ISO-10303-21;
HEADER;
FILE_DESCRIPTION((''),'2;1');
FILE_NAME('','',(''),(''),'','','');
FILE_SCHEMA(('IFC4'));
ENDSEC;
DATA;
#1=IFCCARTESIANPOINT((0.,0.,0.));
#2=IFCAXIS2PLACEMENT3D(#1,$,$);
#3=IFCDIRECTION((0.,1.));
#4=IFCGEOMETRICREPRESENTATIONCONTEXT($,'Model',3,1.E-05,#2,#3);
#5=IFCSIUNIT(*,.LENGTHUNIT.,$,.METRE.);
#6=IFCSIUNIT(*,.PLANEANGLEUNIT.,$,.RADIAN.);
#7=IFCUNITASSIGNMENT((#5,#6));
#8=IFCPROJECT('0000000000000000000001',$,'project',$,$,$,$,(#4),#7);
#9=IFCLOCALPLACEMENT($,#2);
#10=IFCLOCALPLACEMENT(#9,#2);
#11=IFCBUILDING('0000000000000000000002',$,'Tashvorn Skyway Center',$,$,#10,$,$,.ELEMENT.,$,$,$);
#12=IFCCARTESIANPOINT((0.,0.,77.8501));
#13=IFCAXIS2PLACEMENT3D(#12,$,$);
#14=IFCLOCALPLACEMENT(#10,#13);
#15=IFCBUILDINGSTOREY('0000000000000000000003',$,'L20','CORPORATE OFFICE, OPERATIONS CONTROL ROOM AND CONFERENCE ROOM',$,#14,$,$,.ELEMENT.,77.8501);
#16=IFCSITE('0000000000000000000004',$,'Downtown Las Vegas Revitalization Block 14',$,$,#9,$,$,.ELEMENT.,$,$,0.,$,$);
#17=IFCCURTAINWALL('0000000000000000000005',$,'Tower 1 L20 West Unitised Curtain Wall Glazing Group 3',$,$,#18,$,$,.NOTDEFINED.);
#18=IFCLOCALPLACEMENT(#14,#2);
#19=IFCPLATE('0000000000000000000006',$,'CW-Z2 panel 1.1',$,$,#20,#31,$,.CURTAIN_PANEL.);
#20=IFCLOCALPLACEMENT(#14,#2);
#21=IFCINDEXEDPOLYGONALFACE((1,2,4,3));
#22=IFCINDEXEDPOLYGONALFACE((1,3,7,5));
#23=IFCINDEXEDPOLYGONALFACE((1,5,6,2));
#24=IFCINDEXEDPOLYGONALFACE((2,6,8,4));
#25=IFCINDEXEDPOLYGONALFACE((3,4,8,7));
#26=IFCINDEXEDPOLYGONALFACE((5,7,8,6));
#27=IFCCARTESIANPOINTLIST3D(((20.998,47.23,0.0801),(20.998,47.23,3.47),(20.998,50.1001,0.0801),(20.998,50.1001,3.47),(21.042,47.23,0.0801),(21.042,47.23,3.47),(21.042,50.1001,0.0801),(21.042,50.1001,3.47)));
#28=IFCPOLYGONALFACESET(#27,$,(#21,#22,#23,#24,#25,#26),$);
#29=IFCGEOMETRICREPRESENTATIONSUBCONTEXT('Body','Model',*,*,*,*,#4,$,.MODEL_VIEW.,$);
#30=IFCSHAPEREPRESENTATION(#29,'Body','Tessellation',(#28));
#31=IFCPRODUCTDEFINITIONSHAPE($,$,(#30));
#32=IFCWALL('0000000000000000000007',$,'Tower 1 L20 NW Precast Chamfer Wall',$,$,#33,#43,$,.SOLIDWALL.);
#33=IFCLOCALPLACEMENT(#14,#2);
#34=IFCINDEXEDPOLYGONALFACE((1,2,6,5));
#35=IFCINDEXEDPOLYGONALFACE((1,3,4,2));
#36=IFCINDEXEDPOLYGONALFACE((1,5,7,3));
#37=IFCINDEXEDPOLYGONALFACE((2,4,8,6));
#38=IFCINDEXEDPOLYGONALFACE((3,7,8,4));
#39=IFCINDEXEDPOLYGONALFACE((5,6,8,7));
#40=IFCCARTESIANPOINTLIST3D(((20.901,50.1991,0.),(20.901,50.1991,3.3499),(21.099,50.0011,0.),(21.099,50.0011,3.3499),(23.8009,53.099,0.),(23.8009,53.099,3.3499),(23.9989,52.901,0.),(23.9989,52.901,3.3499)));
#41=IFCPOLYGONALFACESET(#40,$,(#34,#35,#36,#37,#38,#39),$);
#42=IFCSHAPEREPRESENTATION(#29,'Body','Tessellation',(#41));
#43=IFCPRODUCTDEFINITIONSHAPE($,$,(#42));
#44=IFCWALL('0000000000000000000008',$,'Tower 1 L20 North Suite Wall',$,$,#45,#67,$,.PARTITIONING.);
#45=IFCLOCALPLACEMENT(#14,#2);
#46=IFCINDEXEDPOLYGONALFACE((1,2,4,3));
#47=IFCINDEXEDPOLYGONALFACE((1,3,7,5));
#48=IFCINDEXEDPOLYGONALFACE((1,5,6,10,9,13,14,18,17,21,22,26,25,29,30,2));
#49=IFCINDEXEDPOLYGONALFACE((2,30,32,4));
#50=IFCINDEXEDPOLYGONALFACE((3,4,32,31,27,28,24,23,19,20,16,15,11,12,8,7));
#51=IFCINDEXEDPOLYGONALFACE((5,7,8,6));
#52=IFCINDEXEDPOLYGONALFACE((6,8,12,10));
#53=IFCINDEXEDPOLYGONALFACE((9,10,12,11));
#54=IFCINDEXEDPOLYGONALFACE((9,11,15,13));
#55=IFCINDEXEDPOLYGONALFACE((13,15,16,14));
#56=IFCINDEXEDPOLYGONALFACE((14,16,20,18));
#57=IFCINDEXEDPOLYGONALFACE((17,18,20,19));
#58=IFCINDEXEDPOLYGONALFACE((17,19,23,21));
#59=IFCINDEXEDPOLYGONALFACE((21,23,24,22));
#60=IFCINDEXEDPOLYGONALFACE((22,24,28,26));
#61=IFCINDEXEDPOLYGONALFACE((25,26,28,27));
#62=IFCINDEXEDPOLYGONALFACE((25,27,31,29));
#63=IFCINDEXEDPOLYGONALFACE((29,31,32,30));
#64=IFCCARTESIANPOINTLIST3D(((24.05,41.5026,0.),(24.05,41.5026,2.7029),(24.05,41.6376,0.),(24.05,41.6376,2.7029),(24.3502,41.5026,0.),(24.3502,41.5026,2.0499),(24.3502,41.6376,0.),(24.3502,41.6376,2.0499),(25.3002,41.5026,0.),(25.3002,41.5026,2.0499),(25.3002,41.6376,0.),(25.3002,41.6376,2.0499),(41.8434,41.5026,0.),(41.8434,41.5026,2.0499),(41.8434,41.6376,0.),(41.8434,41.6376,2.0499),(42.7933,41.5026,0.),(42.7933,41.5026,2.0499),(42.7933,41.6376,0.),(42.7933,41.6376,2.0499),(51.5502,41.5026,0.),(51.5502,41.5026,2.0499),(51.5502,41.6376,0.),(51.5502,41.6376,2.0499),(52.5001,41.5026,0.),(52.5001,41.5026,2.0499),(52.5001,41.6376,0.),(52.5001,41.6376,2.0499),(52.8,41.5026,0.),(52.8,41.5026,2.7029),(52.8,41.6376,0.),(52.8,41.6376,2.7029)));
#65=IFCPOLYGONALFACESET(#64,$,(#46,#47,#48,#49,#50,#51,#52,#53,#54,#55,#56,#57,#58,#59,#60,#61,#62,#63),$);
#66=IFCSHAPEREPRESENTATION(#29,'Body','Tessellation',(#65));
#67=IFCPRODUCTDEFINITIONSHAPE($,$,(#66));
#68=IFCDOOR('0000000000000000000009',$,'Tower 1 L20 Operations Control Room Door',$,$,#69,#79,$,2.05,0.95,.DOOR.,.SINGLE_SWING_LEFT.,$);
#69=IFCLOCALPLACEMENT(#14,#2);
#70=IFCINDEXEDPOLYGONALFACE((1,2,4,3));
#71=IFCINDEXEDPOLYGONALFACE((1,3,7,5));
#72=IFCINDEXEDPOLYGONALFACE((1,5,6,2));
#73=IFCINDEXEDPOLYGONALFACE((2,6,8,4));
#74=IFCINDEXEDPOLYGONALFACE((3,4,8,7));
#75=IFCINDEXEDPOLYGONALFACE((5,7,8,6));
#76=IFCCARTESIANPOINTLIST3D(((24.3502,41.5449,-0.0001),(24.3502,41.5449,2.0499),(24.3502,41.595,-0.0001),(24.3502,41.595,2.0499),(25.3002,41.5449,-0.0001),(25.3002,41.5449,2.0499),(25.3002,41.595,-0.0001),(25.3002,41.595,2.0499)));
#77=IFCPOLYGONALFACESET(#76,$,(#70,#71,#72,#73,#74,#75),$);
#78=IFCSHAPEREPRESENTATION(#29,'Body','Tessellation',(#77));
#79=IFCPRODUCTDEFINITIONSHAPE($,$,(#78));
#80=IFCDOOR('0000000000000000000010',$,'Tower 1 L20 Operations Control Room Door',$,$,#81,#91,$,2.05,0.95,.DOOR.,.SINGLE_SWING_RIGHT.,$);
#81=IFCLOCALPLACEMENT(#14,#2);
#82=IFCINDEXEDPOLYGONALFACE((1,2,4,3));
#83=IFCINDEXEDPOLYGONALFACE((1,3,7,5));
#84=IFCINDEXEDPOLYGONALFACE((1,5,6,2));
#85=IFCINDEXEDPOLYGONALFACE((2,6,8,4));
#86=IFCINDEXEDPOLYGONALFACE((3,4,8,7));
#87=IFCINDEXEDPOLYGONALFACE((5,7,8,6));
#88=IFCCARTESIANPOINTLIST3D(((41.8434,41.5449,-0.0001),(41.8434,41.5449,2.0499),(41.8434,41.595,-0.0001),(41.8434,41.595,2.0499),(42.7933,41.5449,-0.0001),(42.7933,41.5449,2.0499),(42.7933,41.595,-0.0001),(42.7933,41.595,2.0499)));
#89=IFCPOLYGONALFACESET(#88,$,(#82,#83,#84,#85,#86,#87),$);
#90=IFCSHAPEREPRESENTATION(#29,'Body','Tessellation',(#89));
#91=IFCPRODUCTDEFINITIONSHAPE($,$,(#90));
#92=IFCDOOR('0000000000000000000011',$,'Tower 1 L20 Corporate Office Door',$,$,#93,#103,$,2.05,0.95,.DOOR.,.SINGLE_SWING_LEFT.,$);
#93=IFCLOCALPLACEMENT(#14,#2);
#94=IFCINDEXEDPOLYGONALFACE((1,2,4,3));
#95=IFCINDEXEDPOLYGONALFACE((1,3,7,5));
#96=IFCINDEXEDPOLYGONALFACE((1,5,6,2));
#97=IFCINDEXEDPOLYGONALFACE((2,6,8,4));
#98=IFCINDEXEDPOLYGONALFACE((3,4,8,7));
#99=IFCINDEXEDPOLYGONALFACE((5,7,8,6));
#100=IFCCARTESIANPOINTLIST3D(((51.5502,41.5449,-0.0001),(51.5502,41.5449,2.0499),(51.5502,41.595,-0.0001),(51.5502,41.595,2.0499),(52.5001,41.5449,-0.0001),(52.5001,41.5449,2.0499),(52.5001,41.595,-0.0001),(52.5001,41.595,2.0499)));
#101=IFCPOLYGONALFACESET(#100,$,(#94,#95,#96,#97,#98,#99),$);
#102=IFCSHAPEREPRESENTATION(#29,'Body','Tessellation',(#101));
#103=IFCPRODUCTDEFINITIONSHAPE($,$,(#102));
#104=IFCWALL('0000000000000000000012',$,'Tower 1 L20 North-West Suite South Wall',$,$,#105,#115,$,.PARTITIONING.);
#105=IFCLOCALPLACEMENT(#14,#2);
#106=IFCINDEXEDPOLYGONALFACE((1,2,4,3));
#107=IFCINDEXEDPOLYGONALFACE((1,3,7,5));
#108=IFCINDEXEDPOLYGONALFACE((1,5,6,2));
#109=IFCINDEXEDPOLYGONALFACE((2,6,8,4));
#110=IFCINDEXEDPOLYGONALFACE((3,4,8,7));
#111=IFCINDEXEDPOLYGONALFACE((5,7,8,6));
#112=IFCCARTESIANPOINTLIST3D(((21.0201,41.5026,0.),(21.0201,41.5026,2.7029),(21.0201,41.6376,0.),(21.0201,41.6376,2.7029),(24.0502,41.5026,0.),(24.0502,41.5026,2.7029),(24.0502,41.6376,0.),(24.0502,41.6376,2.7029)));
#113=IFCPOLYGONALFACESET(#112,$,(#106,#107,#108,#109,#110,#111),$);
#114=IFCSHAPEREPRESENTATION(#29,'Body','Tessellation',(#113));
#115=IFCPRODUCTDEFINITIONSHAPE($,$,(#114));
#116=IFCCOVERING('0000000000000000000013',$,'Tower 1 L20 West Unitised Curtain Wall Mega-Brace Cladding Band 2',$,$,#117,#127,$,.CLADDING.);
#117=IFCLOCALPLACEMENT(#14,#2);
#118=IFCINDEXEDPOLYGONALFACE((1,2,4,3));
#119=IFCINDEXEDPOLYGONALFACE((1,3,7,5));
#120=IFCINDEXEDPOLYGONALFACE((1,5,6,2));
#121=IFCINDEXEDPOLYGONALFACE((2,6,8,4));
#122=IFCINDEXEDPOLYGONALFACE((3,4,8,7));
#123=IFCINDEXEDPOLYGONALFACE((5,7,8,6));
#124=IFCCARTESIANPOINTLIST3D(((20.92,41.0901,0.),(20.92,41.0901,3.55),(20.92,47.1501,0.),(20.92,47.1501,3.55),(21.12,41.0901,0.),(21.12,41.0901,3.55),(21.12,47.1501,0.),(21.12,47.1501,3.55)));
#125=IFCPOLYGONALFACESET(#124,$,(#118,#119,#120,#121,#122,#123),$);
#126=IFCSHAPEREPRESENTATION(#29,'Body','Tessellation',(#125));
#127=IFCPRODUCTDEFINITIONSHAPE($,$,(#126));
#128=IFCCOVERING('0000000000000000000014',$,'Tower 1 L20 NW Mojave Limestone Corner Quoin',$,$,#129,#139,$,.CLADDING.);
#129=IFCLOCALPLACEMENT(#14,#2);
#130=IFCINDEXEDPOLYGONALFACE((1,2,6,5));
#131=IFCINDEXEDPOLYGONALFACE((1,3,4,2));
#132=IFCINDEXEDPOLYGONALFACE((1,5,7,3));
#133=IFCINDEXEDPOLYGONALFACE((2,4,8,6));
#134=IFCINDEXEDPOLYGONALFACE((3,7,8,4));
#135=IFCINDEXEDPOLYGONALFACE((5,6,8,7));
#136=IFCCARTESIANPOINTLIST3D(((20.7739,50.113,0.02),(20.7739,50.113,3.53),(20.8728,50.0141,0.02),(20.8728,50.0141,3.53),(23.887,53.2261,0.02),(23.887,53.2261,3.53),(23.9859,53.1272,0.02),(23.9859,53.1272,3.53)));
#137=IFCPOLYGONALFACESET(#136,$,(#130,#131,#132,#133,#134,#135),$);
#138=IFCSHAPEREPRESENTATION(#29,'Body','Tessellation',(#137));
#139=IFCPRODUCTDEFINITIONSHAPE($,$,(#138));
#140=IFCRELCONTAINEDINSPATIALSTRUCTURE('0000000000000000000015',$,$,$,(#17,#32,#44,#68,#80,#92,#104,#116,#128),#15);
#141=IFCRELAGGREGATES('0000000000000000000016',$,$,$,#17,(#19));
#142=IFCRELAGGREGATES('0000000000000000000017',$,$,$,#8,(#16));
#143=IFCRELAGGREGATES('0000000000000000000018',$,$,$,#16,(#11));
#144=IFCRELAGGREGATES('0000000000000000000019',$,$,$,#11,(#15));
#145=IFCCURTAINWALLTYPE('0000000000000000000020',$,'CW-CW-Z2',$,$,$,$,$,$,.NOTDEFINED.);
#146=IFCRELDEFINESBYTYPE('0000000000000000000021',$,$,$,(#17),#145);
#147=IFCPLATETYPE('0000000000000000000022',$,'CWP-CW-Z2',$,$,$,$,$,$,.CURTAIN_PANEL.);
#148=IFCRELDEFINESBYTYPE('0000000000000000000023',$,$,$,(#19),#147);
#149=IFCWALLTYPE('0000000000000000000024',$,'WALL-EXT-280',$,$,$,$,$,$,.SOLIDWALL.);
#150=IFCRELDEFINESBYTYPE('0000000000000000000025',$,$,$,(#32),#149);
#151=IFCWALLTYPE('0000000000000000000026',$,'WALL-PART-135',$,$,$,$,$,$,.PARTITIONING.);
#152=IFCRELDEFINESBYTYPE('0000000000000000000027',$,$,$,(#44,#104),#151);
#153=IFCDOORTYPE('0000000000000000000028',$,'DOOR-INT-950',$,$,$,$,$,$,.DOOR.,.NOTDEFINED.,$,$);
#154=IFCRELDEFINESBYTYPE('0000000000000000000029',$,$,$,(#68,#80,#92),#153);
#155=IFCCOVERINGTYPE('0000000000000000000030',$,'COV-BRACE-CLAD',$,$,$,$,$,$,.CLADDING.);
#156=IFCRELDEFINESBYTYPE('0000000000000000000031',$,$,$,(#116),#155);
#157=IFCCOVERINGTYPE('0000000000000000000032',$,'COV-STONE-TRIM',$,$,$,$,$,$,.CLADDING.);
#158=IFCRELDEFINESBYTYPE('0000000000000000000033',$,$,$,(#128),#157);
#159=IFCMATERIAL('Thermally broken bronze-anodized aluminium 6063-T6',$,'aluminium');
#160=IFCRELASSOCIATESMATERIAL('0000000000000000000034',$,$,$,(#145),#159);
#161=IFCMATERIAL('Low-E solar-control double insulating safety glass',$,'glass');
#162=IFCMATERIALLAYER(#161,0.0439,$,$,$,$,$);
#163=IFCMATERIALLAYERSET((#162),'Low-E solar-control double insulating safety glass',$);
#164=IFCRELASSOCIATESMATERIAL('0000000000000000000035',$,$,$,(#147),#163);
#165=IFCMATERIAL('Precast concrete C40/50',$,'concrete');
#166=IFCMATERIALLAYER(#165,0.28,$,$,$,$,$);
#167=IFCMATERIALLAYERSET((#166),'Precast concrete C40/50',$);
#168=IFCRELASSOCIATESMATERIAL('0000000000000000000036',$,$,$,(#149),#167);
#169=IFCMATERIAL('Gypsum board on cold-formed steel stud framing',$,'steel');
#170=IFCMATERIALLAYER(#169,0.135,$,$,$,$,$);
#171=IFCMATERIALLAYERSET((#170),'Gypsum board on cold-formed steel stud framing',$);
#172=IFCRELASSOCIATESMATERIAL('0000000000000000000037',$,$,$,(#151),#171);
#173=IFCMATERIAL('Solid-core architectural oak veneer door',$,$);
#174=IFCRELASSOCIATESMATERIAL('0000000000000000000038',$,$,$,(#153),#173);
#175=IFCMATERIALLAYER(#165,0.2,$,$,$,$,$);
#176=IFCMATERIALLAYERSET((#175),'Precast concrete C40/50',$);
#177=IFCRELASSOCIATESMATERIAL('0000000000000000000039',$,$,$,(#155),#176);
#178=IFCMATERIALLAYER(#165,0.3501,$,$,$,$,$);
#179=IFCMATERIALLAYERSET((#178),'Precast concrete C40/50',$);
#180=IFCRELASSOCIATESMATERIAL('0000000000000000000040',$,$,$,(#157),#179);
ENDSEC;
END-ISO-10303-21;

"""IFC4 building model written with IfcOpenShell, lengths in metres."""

from ifc_helpers import new_model, si_unit, direction, frame, frame_2d, origin, origin_2d, place, context, subcontext, project, spatial, rectangle, extrude, material, layer, layer_set, type_object, element, fill, aggregate, save


model = new_model("IFC4")

# Units and contexts
model_context = context("Model", 3, precision=1e-05, world=origin(), true_north=direction((0.0, 1.0)))
body_context = subcontext(model_context, "Body", "Model", "MODEL_VIEW")
ifc_project = project(units=[si_unit("LENGTHUNIT", "METRE"), si_unit("PLANEANGLEUNIT", "RADIAN")], contexts=[model_context])

# Site, building, storey
site_placement = place(None, origin())
site = spatial("IfcSite", under=ifc_project, at=site_placement, Name="Downtown Las Vegas Revitalization Block 14", CompositionType="ELEMENT", RefElevation=0.0)
building_placement = place(site_placement, origin())
building = spatial("IfcBuilding", under=site, at=building_placement, Name="Tashvorn Skyway Center", CompositionType="ELEMENT")
storey_placement = place(building_placement, frame((0.0, 0.0, 77.8501)))
storey = spatial("IfcBuildingStorey", under=building, at=storey_placement, Name="L20", Description="CORPORATE OFFICE, OPERATIONS CONTROL ROOM AND CONFERENCE ROOM", CompositionType="ELEMENT", Elevation=77.8501)

# Shared definitions
ifc_material_1 = material(Name="Thermally broken bronze-anodized aluminium 6063-T6", Category="aluminium")
curtain_wall_type = type_object("IfcCurtainWallType", Name="CW-CW-Z2", PredefinedType="NOTDEFINED", material=ifc_material_1)

# Curtain wall, plate
curtain_wall_1_placement = place(storey_placement, origin())
curtain_wall_1 = element("IfcCurtainWall", 1, at=curtain_wall_1_placement, inside=storey, type_object=curtain_wall_type, Name="Tower 1 L20 West Unitised Curtain Wall Glazing Group 3", PredefinedType="NOTDEFINED")
ifc_material_2 = material(Name="Low-E solar-control double insulating safety glass", Category="glass")
ifc_layer_1 = layer(ifc_material_2, 0.0439)
ifc_layer_set_1 = layer_set([ifc_layer_1], Name="Low-E solar-control double insulating safety glass")
plate_type = type_object("IfcPlateType", Name="CWP-CW-Z2", PredefinedType="CURTAIN_PANEL", material=ifc_layer_set_1)
plate_placement = place(storey_placement, frame((21.02, 48.665, 0.0801), z_axis=(0.0, 0.0, 1.0), x_axis=(0.0, 1.0, 0.0)))
plate = element("IfcPlate", 2, at=plate_placement, type_object=plate_type, Name="CW-Z2 panel 1.1", PredefinedType="CURTAIN_PANEL", context=body_context, shape_type="SweptSolid", body=[
    extrude(rectangle(XDim=2.8701, YDim=0.0439, at=origin_2d()), origin(), (0.0, 0.0, 1.0), 3.3899),
])
aggregate(curtain_wall_1, [plate])

# Wall
ifc_material_3 = material(Name="Precast concrete C40/50", Category="concrete")
ifc_layer_2 = layer(ifc_material_3, 0.28)
ifc_layer_set_2 = layer_set([ifc_layer_2], Name="Precast concrete C40/50")
wall_type_1 = type_object("IfcWallType", Name="WALL-EXT-280", PredefinedType="SOLIDWALL", material=ifc_layer_set_2)
wall_1_placement = place(storey_placement, frame((21.0, 50.1001, 0.0), z_axis=(0.0, 0.0, 1.0), x_axis=(0.707107, 0.707107, 0.0)))
element("IfcWall", 3, at=wall_1_placement, inside=storey, type_object=wall_type_1, Name="Tower 1 L20 NW Precast Chamfer Wall", PredefinedType="SOLIDWALL", context=body_context, shape_type="SweptSolid", body=[
    extrude(rectangle(XDim=4.1011, YDim=0.28, at=frame_2d((2.0505, 0.0))), origin(), (0.0, 0.0, 1.0), 3.3499),
])

# Wall, openings, doors
ifc_material_4 = material(Name="Gypsum board on cold-formed steel stud framing", Category="steel")
ifc_layer_3 = layer(ifc_material_4, 0.135)
ifc_layer_set_3 = layer_set([ifc_layer_3], Name="Gypsum board on cold-formed steel stud framing")
wall_type_2 = type_object("IfcWallType", Name="WALL-PART-135", PredefinedType="PARTITIONING", material=ifc_layer_set_3)
wall_2_placement = place(storey_placement, frame((24.05, 41.5701, 0.0), z_axis=(0.0, 0.0, 1.0), x_axis=(1.0, 0.0, 0.0)))
wall_2 = element("IfcWall", 4, at=wall_2_placement, inside=storey, type_object=wall_type_2, Name="Tower 1 L20 North Suite Wall", PredefinedType="PARTITIONING", context=body_context, shape_type="SweptSolid", body=[
    extrude(rectangle(XDim=28.75, YDim=0.135, at=frame_2d((14.375, 0.0))), origin(), (0.0, 0.0, 1.0), 2.7029),
])
opening_1_placement = place(wall_2_placement, frame((0.3, 0.0, 0.0)))
opening_1 = element("IfcOpeningElement", 5, at=opening_1_placement, cuts=wall_2, PredefinedType="OPENING", context=body_context, shape_type="SweptSolid", body=[
    extrude(rectangle(XDim=0.95, YDim=2.05, at=frame_2d((0.4751, 1.0249))), frame((0.0, 0.0774, 0.0), z_axis=(0.0, -1.0, 0.0), x_axis=(1.0, 0.0, 0.0)), (0.0, 0.0, 1.0), 0.155),
])
opening_2_placement = place(wall_2_placement, frame((17.7932, 0.0, 0.0)))
opening_2 = element("IfcOpeningElement", 6, at=opening_2_placement, cuts=wall_2, PredefinedType="OPENING", context=body_context, shape_type="SweptSolid", body=[
    extrude(rectangle(XDim=0.95, YDim=2.05, at=frame_2d((0.4751, 1.0249))), frame((0.0, 0.0774, 0.0), z_axis=(0.0, -1.0, 0.0), x_axis=(1.0, 0.0, 0.0)), (0.0, 0.0, 1.0), 0.155),
])
opening_3_placement = place(wall_2_placement, frame((27.5, 0.0, 0.0)))
opening_3 = element("IfcOpeningElement", 7, at=opening_3_placement, cuts=wall_2, PredefinedType="OPENING", context=body_context, shape_type="SweptSolid", body=[
    extrude(rectangle(XDim=0.95, YDim=2.05, at=frame_2d((0.4751, 1.0249))), frame((0.0, 0.0774, 0.0), z_axis=(0.0, -1.0, 0.0), x_axis=(1.0, 0.0, 0.0)), (0.0, 0.0, 1.0), 0.155),
])
ifc_material_5 = material(Name="Solid-core architectural oak veneer door")
door_type = type_object("IfcDoorType", Name="DOOR-INT-950", OperationType="NOTDEFINED", PredefinedType="DOOR", material=ifc_material_5)
door_1_placement = place(opening_1_placement, origin())
door_1 = element("IfcDoor", 8, at=door_1_placement, inside=storey, type_object=door_type, Name="Tower 1 L20 Operations Control Room Door", OperationType="SINGLE_SWING_LEFT", OverallHeight=2.05, OverallWidth=0.95, PredefinedType="DOOR", context=body_context, shape_type="SweptSolid", body=[
    extrude(rectangle(XDim=0.95, YDim=2.05, at=frame_2d((0.4751, 1.0249))), frame((0.0, 0.0249, 0.0), z_axis=(0.0, -1.0, 0.0), x_axis=(1.0, 0.0, 0.0)), (0.0, 0.0, 1.0), 0.05),
])
fill(opening_1, door_1)
door_2_placement = place(opening_2_placement, origin())
door_2 = element("IfcDoor", 9, at=door_2_placement, inside=storey, type_object=door_type, Name="Tower 1 L20 Operations Control Room Door", OperationType="SINGLE_SWING_RIGHT", OverallHeight=2.05, OverallWidth=0.95, PredefinedType="DOOR", context=body_context, shape_type="SweptSolid", body=[
    extrude(rectangle(XDim=0.95, YDim=2.05, at=frame_2d((0.4751, 1.0249))), frame((0.0, 0.0249, 0.0), z_axis=(0.0, -1.0, 0.0), x_axis=(1.0, 0.0, 0.0)), (0.0, 0.0, 1.0), 0.05),
])
fill(opening_2, door_2)
door_3_placement = place(opening_3_placement, origin())
door_3 = element("IfcDoor", 10, at=door_3_placement, inside=storey, type_object=door_type, Name="Tower 1 L20 Corporate Office Door", OperationType="SINGLE_SWING_LEFT", OverallHeight=2.05, OverallWidth=0.95, PredefinedType="DOOR", context=body_context, shape_type="SweptSolid", body=[
    extrude(rectangle(XDim=0.95, YDim=2.05, at=frame_2d((0.4751, 1.0249))), frame((0.0, 0.0249, 0.0), z_axis=(0.0, -1.0, 0.0), x_axis=(1.0, 0.0, 0.0)), (0.0, 0.0, 1.0), 0.05),
])
fill(opening_3, door_3)

# Wall
wall_3_placement = place(storey_placement, frame((21.02, 41.5701, 0.0), z_axis=(0.0, 0.0, 1.0), x_axis=(1.0, 0.0, 0.0)))
element("IfcWall", 11, at=wall_3_placement, inside=storey, type_object=wall_type_2, Name="Tower 1 L20 North-West Suite South Wall", PredefinedType="PARTITIONING", context=body_context, shape_type="SweptSolid", body=[
    extrude(rectangle(XDim=3.03, YDim=0.135, at=frame_2d((1.5151, 0.0))), origin(), (0.0, 0.0, 1.0), 2.7029),
])

# Coverings
ifc_layer_4 = layer(ifc_material_3, 0.2)
ifc_layer_set_4 = layer_set([ifc_layer_4], Name="Precast concrete C40/50")
covering_type_1 = type_object("IfcCoveringType", Name="COV-BRACE-CLAD", PredefinedType="CLADDING", material=ifc_layer_set_4)
covering_1_placement = place(storey_placement, frame((21.02, 44.1201, 0.0), z_axis=(0.0, 0.0, 1.0), x_axis=(0.0, 1.0, 0.0)))
element("IfcCovering", 12, at=covering_1_placement, inside=storey, type_object=covering_type_1, Name="Tower 1 L20 West Unitised Curtain Wall Mega-Brace Cladding Band 2", PredefinedType="CLADDING", context=body_context, shape_type="SweptSolid", body=[
    extrude(rectangle(XDim=6.0601, YDim=0.2, at=origin_2d()), origin(), (0.0, 0.0, 1.0), 3.55),
])
ifc_layer_5 = layer(ifc_material_3, 0.3501)
ifc_layer_set_5 = layer_set([ifc_layer_5], Name="Precast concrete C40/50")
covering_type_2 = type_object("IfcCoveringType", Name="COV-STONE-TRIM", PredefinedType="CLADDING", material=ifc_layer_set_5)
covering_2_placement = place(storey_placement, frame((22.3799, 51.6201, 0.02), z_axis=(0.0, 0.0, 1.0), x_axis=(-0.707107, -0.707107, 0.0)))
element("IfcCovering", 13, at=covering_2_placement, inside=storey, type_object=covering_type_2, Name="Tower 1 L20 NW Mojave Limestone Corner Quoin", PredefinedType="CLADDING", context=body_context, shape_type="SweptSolid", body=[
    extrude(rectangle(XDim=4.4026, YDim=0.1399, at=origin_2d()), origin(), (0.0, 0.0, 1.0), 3.51),
])

save(model, "model.ifc")
